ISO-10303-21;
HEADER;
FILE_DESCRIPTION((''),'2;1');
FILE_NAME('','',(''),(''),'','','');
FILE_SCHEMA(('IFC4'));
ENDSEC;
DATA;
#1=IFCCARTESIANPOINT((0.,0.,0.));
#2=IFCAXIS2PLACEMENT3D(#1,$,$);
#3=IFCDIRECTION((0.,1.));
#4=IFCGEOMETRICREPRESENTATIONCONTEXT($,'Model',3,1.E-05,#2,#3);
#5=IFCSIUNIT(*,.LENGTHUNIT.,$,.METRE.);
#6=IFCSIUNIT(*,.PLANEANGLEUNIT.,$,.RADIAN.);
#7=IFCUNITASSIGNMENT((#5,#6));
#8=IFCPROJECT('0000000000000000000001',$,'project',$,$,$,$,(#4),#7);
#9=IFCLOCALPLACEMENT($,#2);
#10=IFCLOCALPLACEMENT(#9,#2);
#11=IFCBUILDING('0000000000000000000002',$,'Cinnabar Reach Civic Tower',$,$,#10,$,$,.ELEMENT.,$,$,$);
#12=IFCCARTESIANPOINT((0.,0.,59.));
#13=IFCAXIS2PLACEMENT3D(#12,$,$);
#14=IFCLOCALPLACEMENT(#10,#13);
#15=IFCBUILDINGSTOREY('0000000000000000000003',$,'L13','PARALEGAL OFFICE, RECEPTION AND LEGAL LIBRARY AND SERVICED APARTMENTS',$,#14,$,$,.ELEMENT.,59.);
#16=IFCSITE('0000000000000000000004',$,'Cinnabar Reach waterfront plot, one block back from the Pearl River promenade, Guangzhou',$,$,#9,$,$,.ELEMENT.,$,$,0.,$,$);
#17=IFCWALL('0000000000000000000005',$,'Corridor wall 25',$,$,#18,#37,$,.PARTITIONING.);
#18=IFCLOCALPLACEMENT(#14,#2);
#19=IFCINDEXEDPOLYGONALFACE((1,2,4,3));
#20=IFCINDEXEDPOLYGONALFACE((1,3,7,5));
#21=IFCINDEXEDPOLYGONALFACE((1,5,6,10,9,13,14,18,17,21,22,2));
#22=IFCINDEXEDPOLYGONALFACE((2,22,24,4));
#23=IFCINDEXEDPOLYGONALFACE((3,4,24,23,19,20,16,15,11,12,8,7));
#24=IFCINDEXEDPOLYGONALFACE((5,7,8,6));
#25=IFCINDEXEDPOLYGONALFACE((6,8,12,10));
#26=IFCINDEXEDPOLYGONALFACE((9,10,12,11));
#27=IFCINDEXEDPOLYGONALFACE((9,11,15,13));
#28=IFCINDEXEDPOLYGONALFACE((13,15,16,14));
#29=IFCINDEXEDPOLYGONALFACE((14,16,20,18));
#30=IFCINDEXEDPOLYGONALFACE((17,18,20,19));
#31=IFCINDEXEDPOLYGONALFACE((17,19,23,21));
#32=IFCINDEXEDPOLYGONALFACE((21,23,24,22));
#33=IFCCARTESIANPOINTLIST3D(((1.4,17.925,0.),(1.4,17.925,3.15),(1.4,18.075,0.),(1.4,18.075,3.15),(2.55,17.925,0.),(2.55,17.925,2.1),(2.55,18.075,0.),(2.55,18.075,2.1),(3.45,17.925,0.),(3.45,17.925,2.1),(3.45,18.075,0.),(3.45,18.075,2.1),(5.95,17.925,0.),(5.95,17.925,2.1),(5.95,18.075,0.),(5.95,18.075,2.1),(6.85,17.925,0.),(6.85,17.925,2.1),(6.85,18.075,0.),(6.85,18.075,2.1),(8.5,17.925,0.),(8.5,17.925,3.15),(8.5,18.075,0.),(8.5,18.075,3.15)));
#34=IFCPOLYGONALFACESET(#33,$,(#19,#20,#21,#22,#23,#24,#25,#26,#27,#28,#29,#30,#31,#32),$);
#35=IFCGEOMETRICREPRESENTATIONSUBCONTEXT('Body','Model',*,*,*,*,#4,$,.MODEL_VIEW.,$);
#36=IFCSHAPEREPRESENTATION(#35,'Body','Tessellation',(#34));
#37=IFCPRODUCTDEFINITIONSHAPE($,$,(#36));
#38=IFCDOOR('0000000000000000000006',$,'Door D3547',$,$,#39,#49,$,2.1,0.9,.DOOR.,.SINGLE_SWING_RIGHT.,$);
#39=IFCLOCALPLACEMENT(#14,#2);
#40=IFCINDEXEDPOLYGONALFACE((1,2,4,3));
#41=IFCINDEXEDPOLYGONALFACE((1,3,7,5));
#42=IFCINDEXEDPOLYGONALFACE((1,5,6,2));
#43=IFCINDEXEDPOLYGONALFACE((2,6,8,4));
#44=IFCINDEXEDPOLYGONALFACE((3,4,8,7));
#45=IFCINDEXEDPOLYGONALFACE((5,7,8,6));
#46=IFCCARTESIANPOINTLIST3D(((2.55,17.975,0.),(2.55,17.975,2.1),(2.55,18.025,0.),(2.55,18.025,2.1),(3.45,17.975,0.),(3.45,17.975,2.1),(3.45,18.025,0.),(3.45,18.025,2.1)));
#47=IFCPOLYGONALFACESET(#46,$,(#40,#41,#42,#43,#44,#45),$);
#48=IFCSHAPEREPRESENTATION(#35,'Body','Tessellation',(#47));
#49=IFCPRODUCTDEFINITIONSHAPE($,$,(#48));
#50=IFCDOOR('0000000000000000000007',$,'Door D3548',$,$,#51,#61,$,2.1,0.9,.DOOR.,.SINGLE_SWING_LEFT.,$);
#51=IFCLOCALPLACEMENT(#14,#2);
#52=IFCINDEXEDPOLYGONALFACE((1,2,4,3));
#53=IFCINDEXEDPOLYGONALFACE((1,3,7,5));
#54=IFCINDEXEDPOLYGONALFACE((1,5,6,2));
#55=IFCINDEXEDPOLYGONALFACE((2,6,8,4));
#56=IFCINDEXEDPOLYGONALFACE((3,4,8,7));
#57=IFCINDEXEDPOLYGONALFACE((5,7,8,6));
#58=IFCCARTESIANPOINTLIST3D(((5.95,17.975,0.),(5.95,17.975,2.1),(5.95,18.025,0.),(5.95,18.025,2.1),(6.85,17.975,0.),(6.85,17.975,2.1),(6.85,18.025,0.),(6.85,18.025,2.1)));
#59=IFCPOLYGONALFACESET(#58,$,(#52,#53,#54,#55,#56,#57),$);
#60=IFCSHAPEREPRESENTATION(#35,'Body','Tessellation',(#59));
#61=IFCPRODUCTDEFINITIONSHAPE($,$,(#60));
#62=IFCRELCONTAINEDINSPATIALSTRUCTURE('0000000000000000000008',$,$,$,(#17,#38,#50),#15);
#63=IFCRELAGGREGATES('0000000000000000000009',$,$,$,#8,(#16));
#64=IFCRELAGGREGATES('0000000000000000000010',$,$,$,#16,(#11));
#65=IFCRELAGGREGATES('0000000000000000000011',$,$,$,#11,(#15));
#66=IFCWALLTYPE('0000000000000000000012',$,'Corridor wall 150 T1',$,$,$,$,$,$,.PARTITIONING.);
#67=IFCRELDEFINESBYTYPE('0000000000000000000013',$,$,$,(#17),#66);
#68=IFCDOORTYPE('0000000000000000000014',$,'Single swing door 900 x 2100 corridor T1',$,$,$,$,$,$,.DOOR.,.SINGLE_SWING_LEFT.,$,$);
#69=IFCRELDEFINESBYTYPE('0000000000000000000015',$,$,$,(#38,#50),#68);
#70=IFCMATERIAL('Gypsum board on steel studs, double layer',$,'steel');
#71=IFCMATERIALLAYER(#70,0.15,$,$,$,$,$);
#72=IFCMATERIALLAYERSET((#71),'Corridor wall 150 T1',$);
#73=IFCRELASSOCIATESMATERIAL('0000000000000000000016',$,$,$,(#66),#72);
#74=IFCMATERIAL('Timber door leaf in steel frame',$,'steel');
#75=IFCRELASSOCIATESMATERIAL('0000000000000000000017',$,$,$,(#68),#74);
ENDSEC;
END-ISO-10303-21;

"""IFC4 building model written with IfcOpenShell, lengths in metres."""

from ifc_helpers import new_model, si_unit, direction, frame, frame_2d, origin, place, context, subcontext, project, spatial, rectangle, extrude, material, layer, layer_set, type_object, element, fill, save


model = new_model("IFC4")

# Units and contexts
model_context = context("Model", 3, precision=1e-05, world=origin(), true_north=direction((0.0, 1.0)))
body_context = subcontext(model_context, "Body", "Model", "MODEL_VIEW")
ifc_project = project(units=[si_unit("LENGTHUNIT", "METRE"), si_unit("PLANEANGLEUNIT", "RADIAN")], contexts=[model_context])

# Site, building, storey
site_placement = place(None, origin())
site = spatial("IfcSite", under=ifc_project, at=site_placement, Name="Cinnabar Reach waterfront plot, one block back from the Pearl River promenade, Guangzhou", CompositionType="ELEMENT", RefElevation=0.0)
building_placement = place(site_placement, origin())
building = spatial("IfcBuilding", under=site, at=building_placement, Name="Cinnabar Reach Civic Tower", CompositionType="ELEMENT")
storey_placement = place(building_placement, frame((0.0, 0.0, 59.0)))
storey = spatial("IfcBuildingStorey", under=building, at=storey_placement, Name="L13", Description="PARALEGAL OFFICE, RECEPTION AND LEGAL LIBRARY AND SERVICED APARTMENTS", CompositionType="ELEMENT", Elevation=59.0)

# Wall, openings, doors
ifc_material_1 = material(Name="Gypsum board on steel studs, double layer", Category="steel")
ifc_layer_1 = layer(ifc_material_1, 0.15)
ifc_layer_set_1 = layer_set([ifc_layer_1], Name="Corridor wall 150 T1")
wall_type_1 = type_object("IfcWallType", Name="Corridor wall 150 T1", PredefinedType="PARTITIONING", material=ifc_layer_set_1)
wall_1_placement = place(storey_placement, frame((1.4, 18.0, 0.0), z_axis=(0.0, 0.0, 1.0), x_axis=(1.0, 0.0, 0.0)))
wall_1 = element("IfcWall", 1, at=wall_1_placement, inside=storey, type_object=wall_type_1, Name="Corridor wall 25", PredefinedType="PARTITIONING", context=body_context, shape_type="SweptSolid", body=[
    extrude(rectangle(XDim=7.1, YDim=0.15, at=frame_2d((3.55, 0.0))), origin(), (0.0, 0.0, 1.0), 3.15),
])
opening_1_placement = place(wall_1_placement, frame((1.15, 0.0, 0.0)))
opening_1 = element("IfcOpeningElement", 2, at=opening_1_placement, cuts=wall_1, PredefinedType="OPENING", context=body_context, shape_type="SweptSolid", body=[
    extrude(rectangle(XDim=0.9, YDim=2.1, at=frame_2d((0.45, 1.05))), frame((0.0, 0.085, 0.0), z_axis=(0.0, -1.0, 0.0), x_axis=(1.0, 0.0, 0.0)), (0.0, 0.0, 1.0), 0.17),
])
opening_2_placement = place(wall_1_placement, frame((4.55, 0.0, 0.0)))
opening_2 = element("IfcOpeningElement", 3, at=opening_2_placement, cuts=wall_1, PredefinedType="OPENING", context=body_context, shape_type="SweptSolid", body=[
    extrude(rectangle(XDim=0.9, YDim=2.1, at=frame_2d((0.45, 1.05))), frame((0.0, 0.085, 0.0), z_axis=(0.0, -1.0, 0.0), x_axis=(1.0, 0.0, 0.0)), (0.0, 0.0, 1.0), 0.17),
])
ifc_material_2 = material(Name="Timber door leaf in steel frame", Category="steel")
door_type_1 = type_object("IfcDoorType", Name="Single swing door 900 x 2100 corridor T1", OperationType="SINGLE_SWING_LEFT", PredefinedType="DOOR", material=ifc_material_2)
door_1_placement = place(opening_1_placement, frame((0.9, 0.0, 0.0), z_axis=(0.0, 0.0, 1.0), x_axis=(-1.0, 0.0, 0.0)))
door_1 = element("IfcDoor", 4, at=door_1_placement, inside=storey, type_object=door_type_1, Name="Door D3547", OperationType="SINGLE_SWING_RIGHT", OverallHeight=2.1, OverallWidth=0.9, PredefinedType="DOOR", context=body_context, shape_type="SweptSolid", body=[
    extrude(rectangle(XDim=0.9, YDim=2.1, at=frame_2d((0.45, 1.05))), frame((0.0, 0.025, 0.0), z_axis=(0.0, -1.0, 0.0), x_axis=(1.0, 0.0, 0.0)), (0.0, 0.0, 1.0), 0.05),
])
fill(opening_1, door_1)
door_2_placement = place(opening_2_placement, frame((0.9, 0.0, 0.0), z_axis=(0.0, 0.0, 1.0), x_axis=(-1.0, 0.0, 0.0)))
door_2 = element("IfcDoor", 5, at=door_2_placement, inside=storey, type_object=door_type_1, Name="Door D3548", OperationType="SINGLE_SWING_LEFT", OverallHeight=2.1, OverallWidth=0.9, PredefinedType="DOOR", context=body_context, shape_type="SweptSolid", body=[
    extrude(rectangle(XDim=0.9, YDim=2.1, at=frame_2d((0.45, 1.05))), frame((0.0, 0.025, 0.0), z_axis=(0.0, -1.0, 0.0), x_axis=(1.0, 0.0, 0.0)), (0.0, 0.0, 1.0), 0.05),
])
fill(opening_2, door_2)

save(model, "model.ifc")
